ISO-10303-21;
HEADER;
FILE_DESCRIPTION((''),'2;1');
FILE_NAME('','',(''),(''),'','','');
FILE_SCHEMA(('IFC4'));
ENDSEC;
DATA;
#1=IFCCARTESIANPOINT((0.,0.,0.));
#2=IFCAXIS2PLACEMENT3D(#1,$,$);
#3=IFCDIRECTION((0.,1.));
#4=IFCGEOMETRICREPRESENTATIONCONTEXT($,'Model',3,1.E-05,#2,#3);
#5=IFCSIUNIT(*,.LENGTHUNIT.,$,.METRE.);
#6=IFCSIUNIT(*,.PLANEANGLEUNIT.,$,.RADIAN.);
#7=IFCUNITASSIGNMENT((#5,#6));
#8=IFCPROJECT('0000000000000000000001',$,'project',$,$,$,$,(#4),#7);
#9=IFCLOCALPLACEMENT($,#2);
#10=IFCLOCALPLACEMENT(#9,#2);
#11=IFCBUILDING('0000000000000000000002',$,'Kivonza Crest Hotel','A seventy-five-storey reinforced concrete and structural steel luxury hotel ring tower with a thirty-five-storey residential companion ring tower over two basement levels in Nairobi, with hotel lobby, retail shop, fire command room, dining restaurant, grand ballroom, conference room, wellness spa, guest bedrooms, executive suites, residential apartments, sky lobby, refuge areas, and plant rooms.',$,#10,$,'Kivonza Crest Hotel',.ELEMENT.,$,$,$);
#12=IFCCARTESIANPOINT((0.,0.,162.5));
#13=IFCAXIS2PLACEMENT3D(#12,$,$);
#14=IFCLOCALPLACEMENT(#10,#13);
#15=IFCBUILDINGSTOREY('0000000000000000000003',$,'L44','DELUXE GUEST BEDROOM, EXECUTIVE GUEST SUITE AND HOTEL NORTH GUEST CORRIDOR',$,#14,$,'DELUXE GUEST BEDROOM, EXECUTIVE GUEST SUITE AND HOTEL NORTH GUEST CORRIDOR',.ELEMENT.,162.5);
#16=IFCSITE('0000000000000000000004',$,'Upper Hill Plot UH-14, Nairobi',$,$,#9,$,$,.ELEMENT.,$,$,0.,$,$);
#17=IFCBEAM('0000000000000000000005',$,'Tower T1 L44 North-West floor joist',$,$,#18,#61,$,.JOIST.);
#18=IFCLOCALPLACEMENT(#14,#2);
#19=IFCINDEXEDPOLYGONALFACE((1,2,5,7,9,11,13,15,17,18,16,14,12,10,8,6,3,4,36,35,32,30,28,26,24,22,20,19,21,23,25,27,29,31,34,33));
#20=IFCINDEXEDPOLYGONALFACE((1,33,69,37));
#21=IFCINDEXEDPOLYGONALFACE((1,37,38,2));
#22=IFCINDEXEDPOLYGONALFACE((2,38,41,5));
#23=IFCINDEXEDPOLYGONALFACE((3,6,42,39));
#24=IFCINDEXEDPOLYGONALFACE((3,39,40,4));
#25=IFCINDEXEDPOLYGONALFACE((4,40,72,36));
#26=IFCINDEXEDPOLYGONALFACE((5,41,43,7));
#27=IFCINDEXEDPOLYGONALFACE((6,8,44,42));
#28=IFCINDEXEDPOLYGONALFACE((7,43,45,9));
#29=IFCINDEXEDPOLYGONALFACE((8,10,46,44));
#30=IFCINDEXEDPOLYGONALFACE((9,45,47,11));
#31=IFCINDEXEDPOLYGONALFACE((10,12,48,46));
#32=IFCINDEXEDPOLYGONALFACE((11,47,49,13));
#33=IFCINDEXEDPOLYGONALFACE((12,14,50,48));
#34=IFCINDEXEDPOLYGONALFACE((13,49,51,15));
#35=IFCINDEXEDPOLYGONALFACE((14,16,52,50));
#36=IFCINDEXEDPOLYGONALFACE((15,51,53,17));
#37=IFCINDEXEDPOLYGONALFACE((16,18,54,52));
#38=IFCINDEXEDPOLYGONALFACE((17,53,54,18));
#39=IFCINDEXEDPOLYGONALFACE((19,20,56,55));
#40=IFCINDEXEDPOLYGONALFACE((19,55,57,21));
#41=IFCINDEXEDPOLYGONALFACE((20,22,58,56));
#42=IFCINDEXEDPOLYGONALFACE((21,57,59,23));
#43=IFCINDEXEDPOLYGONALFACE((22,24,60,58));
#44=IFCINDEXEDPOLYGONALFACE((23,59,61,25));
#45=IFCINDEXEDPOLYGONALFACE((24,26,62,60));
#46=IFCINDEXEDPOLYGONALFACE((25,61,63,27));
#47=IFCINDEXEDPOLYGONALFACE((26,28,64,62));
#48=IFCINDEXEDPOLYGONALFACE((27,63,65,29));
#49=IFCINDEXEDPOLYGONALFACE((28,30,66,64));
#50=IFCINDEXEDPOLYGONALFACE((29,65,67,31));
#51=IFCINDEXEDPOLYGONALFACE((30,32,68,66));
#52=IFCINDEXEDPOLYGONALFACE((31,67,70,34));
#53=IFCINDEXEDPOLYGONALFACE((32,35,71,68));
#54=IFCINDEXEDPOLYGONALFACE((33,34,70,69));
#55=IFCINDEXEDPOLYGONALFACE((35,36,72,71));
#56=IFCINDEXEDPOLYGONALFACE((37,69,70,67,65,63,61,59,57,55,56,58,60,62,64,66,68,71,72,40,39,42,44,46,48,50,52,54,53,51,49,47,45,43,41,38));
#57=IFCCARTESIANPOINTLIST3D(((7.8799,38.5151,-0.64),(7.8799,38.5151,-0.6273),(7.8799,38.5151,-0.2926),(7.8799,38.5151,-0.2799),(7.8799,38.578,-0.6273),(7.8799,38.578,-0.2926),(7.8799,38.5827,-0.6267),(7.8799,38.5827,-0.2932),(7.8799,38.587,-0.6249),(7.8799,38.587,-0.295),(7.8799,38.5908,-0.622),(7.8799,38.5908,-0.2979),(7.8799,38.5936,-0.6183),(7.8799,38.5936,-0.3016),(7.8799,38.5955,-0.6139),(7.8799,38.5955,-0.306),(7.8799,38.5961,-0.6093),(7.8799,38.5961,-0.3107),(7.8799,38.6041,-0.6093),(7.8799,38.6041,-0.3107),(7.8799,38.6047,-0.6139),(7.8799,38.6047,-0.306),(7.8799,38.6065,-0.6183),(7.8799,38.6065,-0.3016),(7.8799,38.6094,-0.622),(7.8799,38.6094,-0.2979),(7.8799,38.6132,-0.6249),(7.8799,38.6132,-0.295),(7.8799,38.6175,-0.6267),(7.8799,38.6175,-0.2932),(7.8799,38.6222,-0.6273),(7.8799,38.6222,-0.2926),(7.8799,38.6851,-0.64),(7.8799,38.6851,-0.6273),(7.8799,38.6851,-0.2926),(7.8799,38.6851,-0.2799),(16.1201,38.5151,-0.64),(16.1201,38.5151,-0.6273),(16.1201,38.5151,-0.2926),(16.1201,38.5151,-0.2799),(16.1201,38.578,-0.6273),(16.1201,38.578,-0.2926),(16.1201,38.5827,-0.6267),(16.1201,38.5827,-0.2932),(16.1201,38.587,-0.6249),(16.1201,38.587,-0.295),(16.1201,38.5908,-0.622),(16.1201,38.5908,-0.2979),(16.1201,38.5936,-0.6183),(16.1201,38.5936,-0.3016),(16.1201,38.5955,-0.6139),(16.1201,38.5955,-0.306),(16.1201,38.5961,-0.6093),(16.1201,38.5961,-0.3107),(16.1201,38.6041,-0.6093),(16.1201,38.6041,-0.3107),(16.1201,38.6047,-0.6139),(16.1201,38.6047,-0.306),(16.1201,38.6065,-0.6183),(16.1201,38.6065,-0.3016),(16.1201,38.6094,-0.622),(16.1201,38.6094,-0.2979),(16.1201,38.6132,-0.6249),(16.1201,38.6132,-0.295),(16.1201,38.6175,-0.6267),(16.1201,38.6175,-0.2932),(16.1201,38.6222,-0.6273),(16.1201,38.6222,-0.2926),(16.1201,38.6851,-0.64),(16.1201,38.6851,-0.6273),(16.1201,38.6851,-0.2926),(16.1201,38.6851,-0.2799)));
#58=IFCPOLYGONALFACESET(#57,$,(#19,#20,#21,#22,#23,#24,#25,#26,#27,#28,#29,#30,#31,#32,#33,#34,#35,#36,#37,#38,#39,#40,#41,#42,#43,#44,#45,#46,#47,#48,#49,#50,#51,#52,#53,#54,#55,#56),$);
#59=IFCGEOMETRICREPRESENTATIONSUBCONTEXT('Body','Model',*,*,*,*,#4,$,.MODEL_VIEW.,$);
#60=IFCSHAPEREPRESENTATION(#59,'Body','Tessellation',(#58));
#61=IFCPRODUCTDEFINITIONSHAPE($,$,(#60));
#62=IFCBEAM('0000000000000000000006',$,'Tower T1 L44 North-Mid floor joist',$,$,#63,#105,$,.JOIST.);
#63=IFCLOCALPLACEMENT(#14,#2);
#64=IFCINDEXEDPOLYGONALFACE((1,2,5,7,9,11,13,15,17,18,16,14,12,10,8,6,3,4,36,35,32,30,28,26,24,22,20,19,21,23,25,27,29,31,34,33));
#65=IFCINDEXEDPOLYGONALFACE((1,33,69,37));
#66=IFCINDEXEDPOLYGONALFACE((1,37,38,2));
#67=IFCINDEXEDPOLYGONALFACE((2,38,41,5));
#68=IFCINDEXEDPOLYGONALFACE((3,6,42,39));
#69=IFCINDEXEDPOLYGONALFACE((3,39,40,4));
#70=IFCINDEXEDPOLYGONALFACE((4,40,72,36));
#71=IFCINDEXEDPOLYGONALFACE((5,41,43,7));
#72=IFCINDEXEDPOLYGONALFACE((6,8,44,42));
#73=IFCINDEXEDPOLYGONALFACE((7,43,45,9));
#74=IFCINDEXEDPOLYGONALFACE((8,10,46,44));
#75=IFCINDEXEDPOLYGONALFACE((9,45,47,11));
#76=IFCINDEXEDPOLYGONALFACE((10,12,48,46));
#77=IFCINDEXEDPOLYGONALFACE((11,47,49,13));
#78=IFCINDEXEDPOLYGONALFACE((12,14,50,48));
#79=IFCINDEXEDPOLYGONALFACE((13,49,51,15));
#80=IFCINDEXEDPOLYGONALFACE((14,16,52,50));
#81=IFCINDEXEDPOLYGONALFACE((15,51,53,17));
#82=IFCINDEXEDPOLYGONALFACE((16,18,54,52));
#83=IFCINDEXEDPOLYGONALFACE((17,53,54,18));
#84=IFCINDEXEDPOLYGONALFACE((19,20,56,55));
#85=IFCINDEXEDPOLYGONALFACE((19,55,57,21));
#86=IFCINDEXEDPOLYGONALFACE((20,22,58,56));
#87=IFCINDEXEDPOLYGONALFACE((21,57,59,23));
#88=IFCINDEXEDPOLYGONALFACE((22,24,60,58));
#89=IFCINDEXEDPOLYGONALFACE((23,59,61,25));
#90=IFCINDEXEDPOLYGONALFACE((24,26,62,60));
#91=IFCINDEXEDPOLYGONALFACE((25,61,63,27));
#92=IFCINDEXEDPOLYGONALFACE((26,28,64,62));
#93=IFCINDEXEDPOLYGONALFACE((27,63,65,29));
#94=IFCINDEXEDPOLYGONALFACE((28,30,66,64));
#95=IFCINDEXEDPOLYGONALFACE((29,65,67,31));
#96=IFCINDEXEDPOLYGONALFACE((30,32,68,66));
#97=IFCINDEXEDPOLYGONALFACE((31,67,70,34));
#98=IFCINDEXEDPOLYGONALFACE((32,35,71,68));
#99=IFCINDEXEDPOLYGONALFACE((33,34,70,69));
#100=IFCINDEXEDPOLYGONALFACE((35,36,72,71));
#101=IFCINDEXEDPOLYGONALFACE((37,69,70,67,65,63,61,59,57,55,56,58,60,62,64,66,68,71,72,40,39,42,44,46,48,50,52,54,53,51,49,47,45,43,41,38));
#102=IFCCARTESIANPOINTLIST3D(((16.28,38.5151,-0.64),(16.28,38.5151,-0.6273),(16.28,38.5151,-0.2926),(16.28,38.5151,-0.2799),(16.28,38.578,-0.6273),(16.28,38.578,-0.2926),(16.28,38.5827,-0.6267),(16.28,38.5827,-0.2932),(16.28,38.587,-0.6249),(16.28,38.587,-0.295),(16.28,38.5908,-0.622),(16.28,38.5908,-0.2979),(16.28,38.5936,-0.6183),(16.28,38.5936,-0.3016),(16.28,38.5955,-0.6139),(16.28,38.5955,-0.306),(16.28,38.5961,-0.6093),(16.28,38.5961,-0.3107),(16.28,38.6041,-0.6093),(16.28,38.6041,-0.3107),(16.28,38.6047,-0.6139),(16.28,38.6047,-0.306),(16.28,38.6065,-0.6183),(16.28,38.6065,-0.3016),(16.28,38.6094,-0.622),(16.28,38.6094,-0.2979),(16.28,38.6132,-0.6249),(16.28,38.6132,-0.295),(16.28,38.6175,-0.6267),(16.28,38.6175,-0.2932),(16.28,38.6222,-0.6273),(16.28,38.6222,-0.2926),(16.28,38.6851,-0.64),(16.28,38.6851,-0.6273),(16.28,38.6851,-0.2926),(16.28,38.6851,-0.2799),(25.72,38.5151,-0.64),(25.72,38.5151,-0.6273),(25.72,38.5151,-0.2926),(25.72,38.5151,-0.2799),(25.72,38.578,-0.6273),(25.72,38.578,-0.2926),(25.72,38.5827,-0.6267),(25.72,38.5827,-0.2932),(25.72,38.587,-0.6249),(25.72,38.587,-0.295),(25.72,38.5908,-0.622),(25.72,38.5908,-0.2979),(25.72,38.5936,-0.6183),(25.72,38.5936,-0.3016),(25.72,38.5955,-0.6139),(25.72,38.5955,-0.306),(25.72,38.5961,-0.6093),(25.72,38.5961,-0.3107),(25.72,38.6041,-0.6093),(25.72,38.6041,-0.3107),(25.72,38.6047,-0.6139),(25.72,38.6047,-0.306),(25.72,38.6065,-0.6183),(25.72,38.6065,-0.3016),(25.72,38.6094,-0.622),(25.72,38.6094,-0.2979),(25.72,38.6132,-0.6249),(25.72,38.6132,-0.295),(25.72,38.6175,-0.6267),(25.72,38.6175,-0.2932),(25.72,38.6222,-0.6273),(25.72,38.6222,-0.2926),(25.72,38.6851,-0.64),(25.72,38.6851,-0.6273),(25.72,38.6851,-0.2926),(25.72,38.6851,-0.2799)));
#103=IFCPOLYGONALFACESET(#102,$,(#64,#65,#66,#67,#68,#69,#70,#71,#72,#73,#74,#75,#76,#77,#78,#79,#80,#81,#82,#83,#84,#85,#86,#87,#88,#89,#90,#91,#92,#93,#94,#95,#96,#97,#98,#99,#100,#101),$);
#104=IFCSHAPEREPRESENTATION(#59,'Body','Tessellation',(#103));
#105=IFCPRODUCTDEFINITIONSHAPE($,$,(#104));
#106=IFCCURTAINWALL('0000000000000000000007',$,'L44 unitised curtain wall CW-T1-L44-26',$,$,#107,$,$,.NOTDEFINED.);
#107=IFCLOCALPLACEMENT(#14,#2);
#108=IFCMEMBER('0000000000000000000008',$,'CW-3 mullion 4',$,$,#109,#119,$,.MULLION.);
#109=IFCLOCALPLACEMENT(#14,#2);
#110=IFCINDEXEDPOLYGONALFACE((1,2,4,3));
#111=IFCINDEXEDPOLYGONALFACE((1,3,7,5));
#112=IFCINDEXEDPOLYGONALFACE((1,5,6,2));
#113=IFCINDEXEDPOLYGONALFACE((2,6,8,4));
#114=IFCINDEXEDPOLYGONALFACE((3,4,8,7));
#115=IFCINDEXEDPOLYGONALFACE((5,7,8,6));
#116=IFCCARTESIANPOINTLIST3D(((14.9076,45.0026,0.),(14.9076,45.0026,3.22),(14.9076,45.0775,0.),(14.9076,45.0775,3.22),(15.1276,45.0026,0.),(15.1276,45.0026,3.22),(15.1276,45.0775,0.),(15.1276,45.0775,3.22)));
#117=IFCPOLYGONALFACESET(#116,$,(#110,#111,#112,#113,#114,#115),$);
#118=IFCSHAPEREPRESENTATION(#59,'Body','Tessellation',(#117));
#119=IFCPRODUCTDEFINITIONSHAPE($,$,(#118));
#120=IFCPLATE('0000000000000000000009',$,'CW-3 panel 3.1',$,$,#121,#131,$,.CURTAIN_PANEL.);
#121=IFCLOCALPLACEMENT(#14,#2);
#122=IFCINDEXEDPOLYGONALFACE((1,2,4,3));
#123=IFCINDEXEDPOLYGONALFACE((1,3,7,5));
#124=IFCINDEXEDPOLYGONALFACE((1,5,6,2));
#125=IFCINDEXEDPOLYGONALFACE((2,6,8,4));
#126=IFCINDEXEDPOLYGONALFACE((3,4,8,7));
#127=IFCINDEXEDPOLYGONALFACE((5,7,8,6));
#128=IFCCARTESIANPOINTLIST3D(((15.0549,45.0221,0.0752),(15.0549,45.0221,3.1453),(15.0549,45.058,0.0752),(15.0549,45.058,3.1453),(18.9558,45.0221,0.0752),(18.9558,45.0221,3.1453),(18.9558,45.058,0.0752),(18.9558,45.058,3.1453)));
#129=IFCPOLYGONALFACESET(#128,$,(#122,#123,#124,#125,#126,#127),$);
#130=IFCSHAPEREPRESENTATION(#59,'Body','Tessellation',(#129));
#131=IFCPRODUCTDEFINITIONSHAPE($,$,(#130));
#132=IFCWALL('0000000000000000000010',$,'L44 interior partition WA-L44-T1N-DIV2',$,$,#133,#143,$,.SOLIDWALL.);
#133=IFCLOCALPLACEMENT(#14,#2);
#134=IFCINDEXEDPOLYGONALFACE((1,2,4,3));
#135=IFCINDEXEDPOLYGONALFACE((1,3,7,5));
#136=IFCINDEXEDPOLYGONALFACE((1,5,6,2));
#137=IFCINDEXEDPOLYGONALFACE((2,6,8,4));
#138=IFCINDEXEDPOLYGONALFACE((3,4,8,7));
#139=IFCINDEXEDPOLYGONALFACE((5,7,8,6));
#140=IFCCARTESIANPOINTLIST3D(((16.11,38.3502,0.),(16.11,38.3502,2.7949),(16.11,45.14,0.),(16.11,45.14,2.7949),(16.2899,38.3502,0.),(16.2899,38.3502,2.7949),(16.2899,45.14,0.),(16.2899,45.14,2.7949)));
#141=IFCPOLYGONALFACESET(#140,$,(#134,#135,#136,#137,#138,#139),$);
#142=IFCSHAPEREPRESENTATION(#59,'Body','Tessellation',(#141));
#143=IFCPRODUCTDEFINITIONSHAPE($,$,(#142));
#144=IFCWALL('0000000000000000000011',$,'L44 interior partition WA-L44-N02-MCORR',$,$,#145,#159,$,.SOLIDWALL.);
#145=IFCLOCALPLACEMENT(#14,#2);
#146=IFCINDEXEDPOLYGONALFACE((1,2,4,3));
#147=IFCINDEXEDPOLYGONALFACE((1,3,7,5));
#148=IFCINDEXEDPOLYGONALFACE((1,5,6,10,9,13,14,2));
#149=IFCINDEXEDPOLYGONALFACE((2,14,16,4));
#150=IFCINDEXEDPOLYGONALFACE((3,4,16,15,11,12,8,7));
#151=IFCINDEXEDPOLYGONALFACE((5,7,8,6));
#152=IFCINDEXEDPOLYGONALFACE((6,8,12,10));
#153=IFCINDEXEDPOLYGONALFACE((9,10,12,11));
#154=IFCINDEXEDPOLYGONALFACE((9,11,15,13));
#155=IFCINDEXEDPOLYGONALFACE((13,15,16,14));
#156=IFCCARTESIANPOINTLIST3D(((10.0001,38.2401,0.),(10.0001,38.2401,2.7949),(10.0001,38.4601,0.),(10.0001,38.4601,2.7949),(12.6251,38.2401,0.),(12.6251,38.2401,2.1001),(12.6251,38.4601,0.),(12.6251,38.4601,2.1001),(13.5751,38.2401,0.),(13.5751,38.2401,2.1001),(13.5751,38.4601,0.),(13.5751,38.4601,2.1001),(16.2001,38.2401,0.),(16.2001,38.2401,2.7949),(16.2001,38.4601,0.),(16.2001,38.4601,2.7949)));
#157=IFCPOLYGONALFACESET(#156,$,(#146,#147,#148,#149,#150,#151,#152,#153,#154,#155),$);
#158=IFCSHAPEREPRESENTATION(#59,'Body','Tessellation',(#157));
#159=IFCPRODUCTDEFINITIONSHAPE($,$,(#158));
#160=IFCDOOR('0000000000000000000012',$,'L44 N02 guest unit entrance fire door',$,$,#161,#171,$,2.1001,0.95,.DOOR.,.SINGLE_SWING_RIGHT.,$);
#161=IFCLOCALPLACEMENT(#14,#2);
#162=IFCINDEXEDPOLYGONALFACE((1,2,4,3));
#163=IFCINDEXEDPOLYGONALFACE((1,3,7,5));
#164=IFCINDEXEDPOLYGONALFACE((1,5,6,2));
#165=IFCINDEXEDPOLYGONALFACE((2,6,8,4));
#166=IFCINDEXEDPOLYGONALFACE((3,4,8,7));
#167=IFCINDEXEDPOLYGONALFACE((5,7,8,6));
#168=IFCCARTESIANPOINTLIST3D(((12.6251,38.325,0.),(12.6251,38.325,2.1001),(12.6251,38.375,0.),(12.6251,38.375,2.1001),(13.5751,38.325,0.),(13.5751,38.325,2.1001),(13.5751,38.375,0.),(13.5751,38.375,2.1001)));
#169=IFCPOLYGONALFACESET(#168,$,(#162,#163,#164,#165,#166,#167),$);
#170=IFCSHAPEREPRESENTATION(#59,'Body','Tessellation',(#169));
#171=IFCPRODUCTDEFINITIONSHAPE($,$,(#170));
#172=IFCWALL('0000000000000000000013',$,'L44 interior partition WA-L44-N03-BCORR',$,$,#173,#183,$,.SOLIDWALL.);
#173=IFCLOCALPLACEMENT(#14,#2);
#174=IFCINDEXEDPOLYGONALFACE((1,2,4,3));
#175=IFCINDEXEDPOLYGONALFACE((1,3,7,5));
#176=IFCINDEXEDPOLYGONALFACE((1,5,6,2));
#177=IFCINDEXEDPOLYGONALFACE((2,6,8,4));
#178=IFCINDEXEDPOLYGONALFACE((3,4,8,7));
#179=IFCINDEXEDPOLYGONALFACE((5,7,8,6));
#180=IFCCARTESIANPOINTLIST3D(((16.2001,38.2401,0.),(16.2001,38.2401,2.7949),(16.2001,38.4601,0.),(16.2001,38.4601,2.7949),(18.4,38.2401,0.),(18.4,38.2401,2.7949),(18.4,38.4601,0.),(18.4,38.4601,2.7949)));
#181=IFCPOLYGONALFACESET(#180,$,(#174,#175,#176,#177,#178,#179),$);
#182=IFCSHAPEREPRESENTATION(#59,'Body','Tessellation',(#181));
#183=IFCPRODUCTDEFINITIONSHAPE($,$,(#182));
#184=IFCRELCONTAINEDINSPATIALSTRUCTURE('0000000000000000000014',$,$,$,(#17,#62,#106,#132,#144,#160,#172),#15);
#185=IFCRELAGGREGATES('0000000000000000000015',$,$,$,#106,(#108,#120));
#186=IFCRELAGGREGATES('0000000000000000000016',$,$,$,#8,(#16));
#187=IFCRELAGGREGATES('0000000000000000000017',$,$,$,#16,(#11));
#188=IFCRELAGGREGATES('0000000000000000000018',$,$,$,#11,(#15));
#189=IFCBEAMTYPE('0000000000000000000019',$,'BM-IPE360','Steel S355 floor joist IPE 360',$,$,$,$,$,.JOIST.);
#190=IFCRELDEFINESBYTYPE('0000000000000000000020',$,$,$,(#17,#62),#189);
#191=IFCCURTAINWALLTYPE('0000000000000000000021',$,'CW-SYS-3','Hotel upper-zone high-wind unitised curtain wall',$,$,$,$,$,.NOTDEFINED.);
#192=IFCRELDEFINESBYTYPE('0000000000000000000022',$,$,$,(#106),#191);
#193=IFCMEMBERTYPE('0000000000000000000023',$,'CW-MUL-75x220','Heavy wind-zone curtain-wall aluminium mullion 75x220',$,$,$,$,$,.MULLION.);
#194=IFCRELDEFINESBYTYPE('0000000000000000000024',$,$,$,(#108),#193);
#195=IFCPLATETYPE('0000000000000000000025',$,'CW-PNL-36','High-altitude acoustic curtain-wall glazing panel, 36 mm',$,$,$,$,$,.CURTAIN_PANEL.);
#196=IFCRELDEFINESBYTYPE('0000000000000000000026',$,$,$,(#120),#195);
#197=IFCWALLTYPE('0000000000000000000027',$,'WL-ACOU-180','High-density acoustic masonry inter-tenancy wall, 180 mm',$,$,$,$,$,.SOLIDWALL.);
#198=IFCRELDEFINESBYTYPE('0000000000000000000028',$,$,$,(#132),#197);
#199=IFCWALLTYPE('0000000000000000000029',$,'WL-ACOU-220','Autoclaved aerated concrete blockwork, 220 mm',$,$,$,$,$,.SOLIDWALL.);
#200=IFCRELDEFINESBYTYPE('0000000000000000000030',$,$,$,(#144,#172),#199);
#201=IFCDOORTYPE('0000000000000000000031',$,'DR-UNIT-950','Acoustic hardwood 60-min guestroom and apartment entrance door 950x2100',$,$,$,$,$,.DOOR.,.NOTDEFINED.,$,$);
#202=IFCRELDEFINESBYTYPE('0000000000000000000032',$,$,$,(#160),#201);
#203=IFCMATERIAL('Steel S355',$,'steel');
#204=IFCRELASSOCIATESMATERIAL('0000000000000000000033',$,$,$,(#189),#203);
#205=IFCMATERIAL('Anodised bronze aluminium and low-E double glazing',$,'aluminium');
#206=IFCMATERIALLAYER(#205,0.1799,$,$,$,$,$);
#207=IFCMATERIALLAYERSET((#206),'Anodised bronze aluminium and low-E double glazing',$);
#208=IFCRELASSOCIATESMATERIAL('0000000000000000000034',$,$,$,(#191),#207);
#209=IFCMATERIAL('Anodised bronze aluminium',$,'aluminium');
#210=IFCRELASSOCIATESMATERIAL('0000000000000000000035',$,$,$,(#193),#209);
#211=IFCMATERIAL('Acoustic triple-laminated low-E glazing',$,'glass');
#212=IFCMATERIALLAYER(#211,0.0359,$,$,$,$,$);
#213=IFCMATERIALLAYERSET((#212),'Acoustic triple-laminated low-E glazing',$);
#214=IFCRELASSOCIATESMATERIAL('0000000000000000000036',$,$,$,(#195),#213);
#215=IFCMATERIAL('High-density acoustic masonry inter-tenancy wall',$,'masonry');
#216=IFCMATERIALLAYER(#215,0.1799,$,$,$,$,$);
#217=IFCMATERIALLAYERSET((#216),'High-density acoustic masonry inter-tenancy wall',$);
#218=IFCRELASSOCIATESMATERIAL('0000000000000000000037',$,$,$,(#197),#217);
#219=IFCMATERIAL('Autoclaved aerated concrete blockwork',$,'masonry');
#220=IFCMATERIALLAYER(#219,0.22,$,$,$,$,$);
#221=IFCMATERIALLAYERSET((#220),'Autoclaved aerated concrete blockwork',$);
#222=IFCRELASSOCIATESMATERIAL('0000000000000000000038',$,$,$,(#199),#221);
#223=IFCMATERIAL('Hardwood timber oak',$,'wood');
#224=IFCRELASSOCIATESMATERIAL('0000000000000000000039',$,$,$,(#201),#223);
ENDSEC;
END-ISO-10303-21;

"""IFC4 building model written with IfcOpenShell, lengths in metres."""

from ifc_helpers import new_model, si_unit, direction, frame, frame_2d, origin, origin_2d, place, context, subcontext, project, spatial, rectangle, i_section, extrude, material, layer, layer_set, material_profile, profile_set, type_object, element, fill, aggregate, save


model = new_model("IFC4")

# Units and contexts
model_context = context("Model", 3, precision=1e-05, world=origin(), true_north=direction((0.0, 1.0)))
body_context = subcontext(model_context, "Body", "Model", "MODEL_VIEW")
ifc_project = project(units=[si_unit("LENGTHUNIT", "METRE"), si_unit("PLANEANGLEUNIT", "RADIAN")], contexts=[model_context])

# Site, building, storey
site_placement = place(None, origin())
site = spatial("IfcSite", under=ifc_project, at=site_placement, Name="Upper Hill Plot UH-14, Nairobi", CompositionType="ELEMENT", RefElevation=0.0)
building_placement = place(site_placement, origin())
building = spatial("IfcBuilding", under=site, at=building_placement, Name="Kivonza Crest Hotel", Description="A seventy-five-storey reinforced concrete and structural steel luxury hotel ring tower with a thirty-five-storey residential companion ring tower over two basement levels in Nairobi, with hotel lobby, retail shop, fire command room, dining restaurant, grand ballroom, conference room, wellness spa, guest bedrooms, executive suites, residential apartments, sky lobby, refuge areas, and plant rooms.", LongName="Kivonza Crest Hotel", CompositionType="ELEMENT")
storey_placement = place(building_placement, frame((0.0, 0.0, 162.5)))
storey = spatial("IfcBuildingStorey", under=building, at=storey_placement, Name="L44", Description="DELUXE GUEST BEDROOM, EXECUTIVE GUEST SUITE AND HOTEL NORTH GUEST CORRIDOR", LongName="DELUXE GUEST BEDROOM, EXECUTIVE GUEST SUITE AND HOTEL NORTH GUEST CORRIDOR", CompositionType="ELEMENT", Elevation=162.5)

# Beams
ifc_material_1 = material(Name="Steel S355", Category="steel")
ifc_material_profile_1 = material_profile(ifc_material_1, i_section(OverallWidth=0.1699, OverallDepth=0.3601, WebThickness=0.0081, FlangeThickness=0.0127, FilletRadius=0.0181, at=origin_2d()), Name="IPE 360")
ifc_profile_set_1 = profile_set([ifc_material_profile_1], Name="Steel S355")
beam_type_1 = type_object("IfcBeamType", Name="BM-IPE360", Description="Steel S355 floor joist IPE 360", PredefinedType="JOIST", material=ifc_profile_set_1)
beam_1_placement = place(storey_placement, frame((7.8799, 38.6001, -0.46), z_axis=(1.0, 0.0, 0.0), x_axis=(0.0, 1.0, 0.0)))
element("IfcBeam", 1, at=beam_1_placement, inside=storey, type_object=beam_type_1, Name="Tower T1 L44 North-West floor joist", PredefinedType="JOIST", context=body_context, shape_type="SweptSolid", body=[
    extrude(i_section(OverallWidth=0.1699, OverallDepth=0.3601, WebThickness=0.0081, FlangeThickness=0.0127, FilletRadius=0.0181, at=origin_2d()), origin(), (0.0, 0.0, 1.0), 8.2402),
])
beam_2_placement = place(storey_placement, frame((16.28, 38.6001, -0.46), z_axis=(1.0, 0.0, 0.0), x_axis=(0.0, 1.0, 0.0)))
element("IfcBeam", 2, at=beam_2_placement, inside=storey, type_object=beam_type_1, Name="Tower T1 L44 North-Mid floor joist", PredefinedType="JOIST", context=body_context, shape_type="SweptSolid", body=[
    extrude(i_section(OverallWidth=0.1699, OverallDepth=0.3601, WebThickness=0.0081, FlangeThickness=0.0127, FilletRadius=0.0181, at=origin_2d()), origin(), (0.0, 0.0, 1.0), 9.4399),
])

# Curtain wall, member, plate
ifc_material_2 = material(Name="Anodised bronze aluminium and low-E double glazing", Category="aluminium")
ifc_layer_1 = layer(ifc_material_2, 0.1799)
ifc_layer_set_1 = layer_set([ifc_layer_1], Name="Anodised bronze aluminium and low-E double glazing")
curtain_wall_type = type_object("IfcCurtainWallType", Name="CW-SYS-3", Description="Hotel upper-zone high-wind unitised curtain wall", PredefinedType="NOTDEFINED", material=ifc_layer_set_1)
curtain_wall_placement = place(storey_placement, origin())
curtain_wall = element("IfcCurtainWall", 3, at=curtain_wall_placement, inside=storey, type_object=curtain_wall_type, Name="L44 unitised curtain wall CW-T1-L44-26", PredefinedType="NOTDEFINED")
ifc_material_3 = material(Name="Anodised bronze aluminium", Category="aluminium")
ifc_material_profile_2 = material_profile(ifc_material_3, rectangle(XDim=0.075, YDim=0.22, at=origin_2d()), Name="CW-M 75x220")
ifc_profile_set_2 = profile_set([ifc_material_profile_2], Name="Anodised bronze aluminium")
member_type = type_object("IfcMemberType", Name="CW-MUL-75x220", Description="Heavy wind-zone curtain-wall aluminium mullion 75x220", PredefinedType="MULLION", material=ifc_profile_set_2)
member_placement = place(storey_placement, frame((15.0176, 45.04, 0.0), z_axis=(0.0, 0.0, 1.0), x_axis=(0.0, -1.0, 0.0)))
member = element("IfcMember", 4, at=member_placement, type_object=member_type, Name="CW-3 mullion 4", PredefinedType="MULLION", context=body_context, shape_type="SweptSolid", body=[
    extrude(rectangle(XDim=0.075, YDim=0.22, at=origin_2d()), origin(), (0.0, 0.0, 1.0), 3.22),
])
ifc_material_4 = material(Name="Acoustic triple-laminated low-E glazing", Category="glass")
ifc_layer_2 = layer(ifc_material_4, 0.0359)
ifc_layer_set_2 = layer_set([ifc_layer_2], Name="Acoustic triple-laminated low-E glazing")
plate_type = type_object("IfcPlateType", Name="CW-PNL-36", Description="High-altitude acoustic curtain-wall glazing panel, 36 mm", PredefinedType="CURTAIN_PANEL", material=ifc_layer_set_2)
plate_placement = place(storey_placement, frame((17.0054, 45.04, 0.0752), z_axis=(0.0, 0.0, 1.0), x_axis=(-1.0, 0.0, 0.0)))
plate = element("IfcPlate", 5, at=plate_placement, type_object=plate_type, Name="CW-3 panel 3.1", PredefinedType="CURTAIN_PANEL", context=body_context, shape_type="SweptSolid", body=[
    extrude(rectangle(XDim=3.9009, YDim=0.0359, at=origin_2d()), origin(), (0.0, 0.0, 1.0), 3.0701),
])
aggregate(curtain_wall, [member, plate])

# Wall
ifc_material_5 = material(Name="High-density acoustic masonry inter-tenancy wall", Category="masonry")
ifc_layer_3 = layer(ifc_material_5, 0.1799)
ifc_layer_set_3 = layer_set([ifc_layer_3], Name="High-density acoustic masonry inter-tenancy wall")
wall_type_1 = type_object("IfcWallType", Name="WL-ACOU-180", Description="High-density acoustic masonry inter-tenancy wall, 180 mm", PredefinedType="SOLIDWALL", material=ifc_layer_set_3)
wall_1_placement = place(storey_placement, frame((16.2, 38.3501, 0.0), z_axis=(0.0, 0.0, 1.0), x_axis=(0.0, 1.0, 0.0)))
element("IfcWall", 6, at=wall_1_placement, inside=storey, type_object=wall_type_1, Name="L44 interior partition WA-L44-T1N-DIV2", PredefinedType="SOLIDWALL", context=body_context, shape_type="SweptSolid", body=[
    extrude(rectangle(XDim=6.7898, YDim=0.1799, at=frame_2d((3.395, 0.0))), origin(), (0.0, 0.0, 1.0), 2.7949),
])

# Wall, opening, door
ifc_material_6 = material(Name="Autoclaved aerated concrete blockwork", Category="masonry")
ifc_layer_4 = layer(ifc_material_6, 0.22)
ifc_layer_set_4 = layer_set([ifc_layer_4], Name="Autoclaved aerated concrete blockwork")
wall_type_2 = type_object("IfcWallType", Name="WL-ACOU-220", Description="Autoclaved aerated concrete blockwork, 220 mm", PredefinedType="SOLIDWALL", material=ifc_layer_set_4)
wall_2_placement = place(storey_placement, frame((10.0, 38.3501, 0.0), z_axis=(0.0, 0.0, 1.0), x_axis=(1.0, 0.0, 0.0)))
wall_2 = element("IfcWall", 7, at=wall_2_placement, inside=storey, type_object=wall_type_2, Name="L44 interior partition WA-L44-N02-MCORR", PredefinedType="SOLIDWALL", context=body_context, shape_type="SweptSolid", body=[
    extrude(rectangle(XDim=6.2, YDim=0.22, at=frame_2d((3.1001, 0.0))), origin(), (0.0, 0.0, 1.0), 2.7949),
])
opening_1_placement = place(wall_2_placement, frame((2.625, 0.0, 0.0)))
opening_1 = element("IfcOpeningElement", 8, at=opening_1_placement, cuts=wall_2, PredefinedType="OPENING", context=body_context, shape_type="SweptSolid", body=[
    extrude(rectangle(XDim=0.95, YDim=2.1001, at=frame_2d((0.4751, 1.05))), frame((0.0, 0.1201, 0.0), z_axis=(0.0, -1.0, 0.0), x_axis=(1.0, 0.0, 0.0)), (0.0, 0.0, 1.0), 0.24),
])
ifc_material_7 = material(Name="Hardwood timber oak", Category="wood")
door_type_1 = type_object("IfcDoorType", Name="DR-UNIT-950", Description="Acoustic hardwood 60-min guestroom and apartment entrance door 950x2100", OperationType="NOTDEFINED", PredefinedType="DOOR", material=ifc_material_7)
door_1_placement = place(opening_1_placement, origin())
door_1 = element("IfcDoor", 9, at=door_1_placement, inside=storey, type_object=door_type_1, Name="L44 N02 guest unit entrance fire door", OperationType="SINGLE_SWING_RIGHT", OverallHeight=2.1001, OverallWidth=0.95, PredefinedType="DOOR", context=body_context, shape_type="SweptSolid", body=[
    extrude(rectangle(XDim=0.95, YDim=2.1001, at=frame_2d((0.4751, 1.05))), frame((0.0, 0.0249, 0.0), z_axis=(0.0, -1.0, 0.0), x_axis=(1.0, 0.0, 0.0)), (0.0, 0.0, 1.0), 0.05),
])
fill(opening_1, door_1)

# Wall
wall_3_placement = place(storey_placement, frame((16.2, 38.3501, 0.0), z_axis=(0.0, 0.0, 1.0), x_axis=(1.0, 0.0, 0.0)))
element("IfcWall", 10, at=wall_3_placement, inside=storey, type_object=wall_type_2, Name="L44 interior partition WA-L44-N03-BCORR", PredefinedType="SOLIDWALL", context=body_context, shape_type="SweptSolid", body=[
    extrude(rectangle(XDim=2.2, YDim=0.22, at=frame_2d((1.1001, 0.0))), origin(), (0.0, 0.0, 1.0), 2.7949),
])

save(model, "model.ifc")
